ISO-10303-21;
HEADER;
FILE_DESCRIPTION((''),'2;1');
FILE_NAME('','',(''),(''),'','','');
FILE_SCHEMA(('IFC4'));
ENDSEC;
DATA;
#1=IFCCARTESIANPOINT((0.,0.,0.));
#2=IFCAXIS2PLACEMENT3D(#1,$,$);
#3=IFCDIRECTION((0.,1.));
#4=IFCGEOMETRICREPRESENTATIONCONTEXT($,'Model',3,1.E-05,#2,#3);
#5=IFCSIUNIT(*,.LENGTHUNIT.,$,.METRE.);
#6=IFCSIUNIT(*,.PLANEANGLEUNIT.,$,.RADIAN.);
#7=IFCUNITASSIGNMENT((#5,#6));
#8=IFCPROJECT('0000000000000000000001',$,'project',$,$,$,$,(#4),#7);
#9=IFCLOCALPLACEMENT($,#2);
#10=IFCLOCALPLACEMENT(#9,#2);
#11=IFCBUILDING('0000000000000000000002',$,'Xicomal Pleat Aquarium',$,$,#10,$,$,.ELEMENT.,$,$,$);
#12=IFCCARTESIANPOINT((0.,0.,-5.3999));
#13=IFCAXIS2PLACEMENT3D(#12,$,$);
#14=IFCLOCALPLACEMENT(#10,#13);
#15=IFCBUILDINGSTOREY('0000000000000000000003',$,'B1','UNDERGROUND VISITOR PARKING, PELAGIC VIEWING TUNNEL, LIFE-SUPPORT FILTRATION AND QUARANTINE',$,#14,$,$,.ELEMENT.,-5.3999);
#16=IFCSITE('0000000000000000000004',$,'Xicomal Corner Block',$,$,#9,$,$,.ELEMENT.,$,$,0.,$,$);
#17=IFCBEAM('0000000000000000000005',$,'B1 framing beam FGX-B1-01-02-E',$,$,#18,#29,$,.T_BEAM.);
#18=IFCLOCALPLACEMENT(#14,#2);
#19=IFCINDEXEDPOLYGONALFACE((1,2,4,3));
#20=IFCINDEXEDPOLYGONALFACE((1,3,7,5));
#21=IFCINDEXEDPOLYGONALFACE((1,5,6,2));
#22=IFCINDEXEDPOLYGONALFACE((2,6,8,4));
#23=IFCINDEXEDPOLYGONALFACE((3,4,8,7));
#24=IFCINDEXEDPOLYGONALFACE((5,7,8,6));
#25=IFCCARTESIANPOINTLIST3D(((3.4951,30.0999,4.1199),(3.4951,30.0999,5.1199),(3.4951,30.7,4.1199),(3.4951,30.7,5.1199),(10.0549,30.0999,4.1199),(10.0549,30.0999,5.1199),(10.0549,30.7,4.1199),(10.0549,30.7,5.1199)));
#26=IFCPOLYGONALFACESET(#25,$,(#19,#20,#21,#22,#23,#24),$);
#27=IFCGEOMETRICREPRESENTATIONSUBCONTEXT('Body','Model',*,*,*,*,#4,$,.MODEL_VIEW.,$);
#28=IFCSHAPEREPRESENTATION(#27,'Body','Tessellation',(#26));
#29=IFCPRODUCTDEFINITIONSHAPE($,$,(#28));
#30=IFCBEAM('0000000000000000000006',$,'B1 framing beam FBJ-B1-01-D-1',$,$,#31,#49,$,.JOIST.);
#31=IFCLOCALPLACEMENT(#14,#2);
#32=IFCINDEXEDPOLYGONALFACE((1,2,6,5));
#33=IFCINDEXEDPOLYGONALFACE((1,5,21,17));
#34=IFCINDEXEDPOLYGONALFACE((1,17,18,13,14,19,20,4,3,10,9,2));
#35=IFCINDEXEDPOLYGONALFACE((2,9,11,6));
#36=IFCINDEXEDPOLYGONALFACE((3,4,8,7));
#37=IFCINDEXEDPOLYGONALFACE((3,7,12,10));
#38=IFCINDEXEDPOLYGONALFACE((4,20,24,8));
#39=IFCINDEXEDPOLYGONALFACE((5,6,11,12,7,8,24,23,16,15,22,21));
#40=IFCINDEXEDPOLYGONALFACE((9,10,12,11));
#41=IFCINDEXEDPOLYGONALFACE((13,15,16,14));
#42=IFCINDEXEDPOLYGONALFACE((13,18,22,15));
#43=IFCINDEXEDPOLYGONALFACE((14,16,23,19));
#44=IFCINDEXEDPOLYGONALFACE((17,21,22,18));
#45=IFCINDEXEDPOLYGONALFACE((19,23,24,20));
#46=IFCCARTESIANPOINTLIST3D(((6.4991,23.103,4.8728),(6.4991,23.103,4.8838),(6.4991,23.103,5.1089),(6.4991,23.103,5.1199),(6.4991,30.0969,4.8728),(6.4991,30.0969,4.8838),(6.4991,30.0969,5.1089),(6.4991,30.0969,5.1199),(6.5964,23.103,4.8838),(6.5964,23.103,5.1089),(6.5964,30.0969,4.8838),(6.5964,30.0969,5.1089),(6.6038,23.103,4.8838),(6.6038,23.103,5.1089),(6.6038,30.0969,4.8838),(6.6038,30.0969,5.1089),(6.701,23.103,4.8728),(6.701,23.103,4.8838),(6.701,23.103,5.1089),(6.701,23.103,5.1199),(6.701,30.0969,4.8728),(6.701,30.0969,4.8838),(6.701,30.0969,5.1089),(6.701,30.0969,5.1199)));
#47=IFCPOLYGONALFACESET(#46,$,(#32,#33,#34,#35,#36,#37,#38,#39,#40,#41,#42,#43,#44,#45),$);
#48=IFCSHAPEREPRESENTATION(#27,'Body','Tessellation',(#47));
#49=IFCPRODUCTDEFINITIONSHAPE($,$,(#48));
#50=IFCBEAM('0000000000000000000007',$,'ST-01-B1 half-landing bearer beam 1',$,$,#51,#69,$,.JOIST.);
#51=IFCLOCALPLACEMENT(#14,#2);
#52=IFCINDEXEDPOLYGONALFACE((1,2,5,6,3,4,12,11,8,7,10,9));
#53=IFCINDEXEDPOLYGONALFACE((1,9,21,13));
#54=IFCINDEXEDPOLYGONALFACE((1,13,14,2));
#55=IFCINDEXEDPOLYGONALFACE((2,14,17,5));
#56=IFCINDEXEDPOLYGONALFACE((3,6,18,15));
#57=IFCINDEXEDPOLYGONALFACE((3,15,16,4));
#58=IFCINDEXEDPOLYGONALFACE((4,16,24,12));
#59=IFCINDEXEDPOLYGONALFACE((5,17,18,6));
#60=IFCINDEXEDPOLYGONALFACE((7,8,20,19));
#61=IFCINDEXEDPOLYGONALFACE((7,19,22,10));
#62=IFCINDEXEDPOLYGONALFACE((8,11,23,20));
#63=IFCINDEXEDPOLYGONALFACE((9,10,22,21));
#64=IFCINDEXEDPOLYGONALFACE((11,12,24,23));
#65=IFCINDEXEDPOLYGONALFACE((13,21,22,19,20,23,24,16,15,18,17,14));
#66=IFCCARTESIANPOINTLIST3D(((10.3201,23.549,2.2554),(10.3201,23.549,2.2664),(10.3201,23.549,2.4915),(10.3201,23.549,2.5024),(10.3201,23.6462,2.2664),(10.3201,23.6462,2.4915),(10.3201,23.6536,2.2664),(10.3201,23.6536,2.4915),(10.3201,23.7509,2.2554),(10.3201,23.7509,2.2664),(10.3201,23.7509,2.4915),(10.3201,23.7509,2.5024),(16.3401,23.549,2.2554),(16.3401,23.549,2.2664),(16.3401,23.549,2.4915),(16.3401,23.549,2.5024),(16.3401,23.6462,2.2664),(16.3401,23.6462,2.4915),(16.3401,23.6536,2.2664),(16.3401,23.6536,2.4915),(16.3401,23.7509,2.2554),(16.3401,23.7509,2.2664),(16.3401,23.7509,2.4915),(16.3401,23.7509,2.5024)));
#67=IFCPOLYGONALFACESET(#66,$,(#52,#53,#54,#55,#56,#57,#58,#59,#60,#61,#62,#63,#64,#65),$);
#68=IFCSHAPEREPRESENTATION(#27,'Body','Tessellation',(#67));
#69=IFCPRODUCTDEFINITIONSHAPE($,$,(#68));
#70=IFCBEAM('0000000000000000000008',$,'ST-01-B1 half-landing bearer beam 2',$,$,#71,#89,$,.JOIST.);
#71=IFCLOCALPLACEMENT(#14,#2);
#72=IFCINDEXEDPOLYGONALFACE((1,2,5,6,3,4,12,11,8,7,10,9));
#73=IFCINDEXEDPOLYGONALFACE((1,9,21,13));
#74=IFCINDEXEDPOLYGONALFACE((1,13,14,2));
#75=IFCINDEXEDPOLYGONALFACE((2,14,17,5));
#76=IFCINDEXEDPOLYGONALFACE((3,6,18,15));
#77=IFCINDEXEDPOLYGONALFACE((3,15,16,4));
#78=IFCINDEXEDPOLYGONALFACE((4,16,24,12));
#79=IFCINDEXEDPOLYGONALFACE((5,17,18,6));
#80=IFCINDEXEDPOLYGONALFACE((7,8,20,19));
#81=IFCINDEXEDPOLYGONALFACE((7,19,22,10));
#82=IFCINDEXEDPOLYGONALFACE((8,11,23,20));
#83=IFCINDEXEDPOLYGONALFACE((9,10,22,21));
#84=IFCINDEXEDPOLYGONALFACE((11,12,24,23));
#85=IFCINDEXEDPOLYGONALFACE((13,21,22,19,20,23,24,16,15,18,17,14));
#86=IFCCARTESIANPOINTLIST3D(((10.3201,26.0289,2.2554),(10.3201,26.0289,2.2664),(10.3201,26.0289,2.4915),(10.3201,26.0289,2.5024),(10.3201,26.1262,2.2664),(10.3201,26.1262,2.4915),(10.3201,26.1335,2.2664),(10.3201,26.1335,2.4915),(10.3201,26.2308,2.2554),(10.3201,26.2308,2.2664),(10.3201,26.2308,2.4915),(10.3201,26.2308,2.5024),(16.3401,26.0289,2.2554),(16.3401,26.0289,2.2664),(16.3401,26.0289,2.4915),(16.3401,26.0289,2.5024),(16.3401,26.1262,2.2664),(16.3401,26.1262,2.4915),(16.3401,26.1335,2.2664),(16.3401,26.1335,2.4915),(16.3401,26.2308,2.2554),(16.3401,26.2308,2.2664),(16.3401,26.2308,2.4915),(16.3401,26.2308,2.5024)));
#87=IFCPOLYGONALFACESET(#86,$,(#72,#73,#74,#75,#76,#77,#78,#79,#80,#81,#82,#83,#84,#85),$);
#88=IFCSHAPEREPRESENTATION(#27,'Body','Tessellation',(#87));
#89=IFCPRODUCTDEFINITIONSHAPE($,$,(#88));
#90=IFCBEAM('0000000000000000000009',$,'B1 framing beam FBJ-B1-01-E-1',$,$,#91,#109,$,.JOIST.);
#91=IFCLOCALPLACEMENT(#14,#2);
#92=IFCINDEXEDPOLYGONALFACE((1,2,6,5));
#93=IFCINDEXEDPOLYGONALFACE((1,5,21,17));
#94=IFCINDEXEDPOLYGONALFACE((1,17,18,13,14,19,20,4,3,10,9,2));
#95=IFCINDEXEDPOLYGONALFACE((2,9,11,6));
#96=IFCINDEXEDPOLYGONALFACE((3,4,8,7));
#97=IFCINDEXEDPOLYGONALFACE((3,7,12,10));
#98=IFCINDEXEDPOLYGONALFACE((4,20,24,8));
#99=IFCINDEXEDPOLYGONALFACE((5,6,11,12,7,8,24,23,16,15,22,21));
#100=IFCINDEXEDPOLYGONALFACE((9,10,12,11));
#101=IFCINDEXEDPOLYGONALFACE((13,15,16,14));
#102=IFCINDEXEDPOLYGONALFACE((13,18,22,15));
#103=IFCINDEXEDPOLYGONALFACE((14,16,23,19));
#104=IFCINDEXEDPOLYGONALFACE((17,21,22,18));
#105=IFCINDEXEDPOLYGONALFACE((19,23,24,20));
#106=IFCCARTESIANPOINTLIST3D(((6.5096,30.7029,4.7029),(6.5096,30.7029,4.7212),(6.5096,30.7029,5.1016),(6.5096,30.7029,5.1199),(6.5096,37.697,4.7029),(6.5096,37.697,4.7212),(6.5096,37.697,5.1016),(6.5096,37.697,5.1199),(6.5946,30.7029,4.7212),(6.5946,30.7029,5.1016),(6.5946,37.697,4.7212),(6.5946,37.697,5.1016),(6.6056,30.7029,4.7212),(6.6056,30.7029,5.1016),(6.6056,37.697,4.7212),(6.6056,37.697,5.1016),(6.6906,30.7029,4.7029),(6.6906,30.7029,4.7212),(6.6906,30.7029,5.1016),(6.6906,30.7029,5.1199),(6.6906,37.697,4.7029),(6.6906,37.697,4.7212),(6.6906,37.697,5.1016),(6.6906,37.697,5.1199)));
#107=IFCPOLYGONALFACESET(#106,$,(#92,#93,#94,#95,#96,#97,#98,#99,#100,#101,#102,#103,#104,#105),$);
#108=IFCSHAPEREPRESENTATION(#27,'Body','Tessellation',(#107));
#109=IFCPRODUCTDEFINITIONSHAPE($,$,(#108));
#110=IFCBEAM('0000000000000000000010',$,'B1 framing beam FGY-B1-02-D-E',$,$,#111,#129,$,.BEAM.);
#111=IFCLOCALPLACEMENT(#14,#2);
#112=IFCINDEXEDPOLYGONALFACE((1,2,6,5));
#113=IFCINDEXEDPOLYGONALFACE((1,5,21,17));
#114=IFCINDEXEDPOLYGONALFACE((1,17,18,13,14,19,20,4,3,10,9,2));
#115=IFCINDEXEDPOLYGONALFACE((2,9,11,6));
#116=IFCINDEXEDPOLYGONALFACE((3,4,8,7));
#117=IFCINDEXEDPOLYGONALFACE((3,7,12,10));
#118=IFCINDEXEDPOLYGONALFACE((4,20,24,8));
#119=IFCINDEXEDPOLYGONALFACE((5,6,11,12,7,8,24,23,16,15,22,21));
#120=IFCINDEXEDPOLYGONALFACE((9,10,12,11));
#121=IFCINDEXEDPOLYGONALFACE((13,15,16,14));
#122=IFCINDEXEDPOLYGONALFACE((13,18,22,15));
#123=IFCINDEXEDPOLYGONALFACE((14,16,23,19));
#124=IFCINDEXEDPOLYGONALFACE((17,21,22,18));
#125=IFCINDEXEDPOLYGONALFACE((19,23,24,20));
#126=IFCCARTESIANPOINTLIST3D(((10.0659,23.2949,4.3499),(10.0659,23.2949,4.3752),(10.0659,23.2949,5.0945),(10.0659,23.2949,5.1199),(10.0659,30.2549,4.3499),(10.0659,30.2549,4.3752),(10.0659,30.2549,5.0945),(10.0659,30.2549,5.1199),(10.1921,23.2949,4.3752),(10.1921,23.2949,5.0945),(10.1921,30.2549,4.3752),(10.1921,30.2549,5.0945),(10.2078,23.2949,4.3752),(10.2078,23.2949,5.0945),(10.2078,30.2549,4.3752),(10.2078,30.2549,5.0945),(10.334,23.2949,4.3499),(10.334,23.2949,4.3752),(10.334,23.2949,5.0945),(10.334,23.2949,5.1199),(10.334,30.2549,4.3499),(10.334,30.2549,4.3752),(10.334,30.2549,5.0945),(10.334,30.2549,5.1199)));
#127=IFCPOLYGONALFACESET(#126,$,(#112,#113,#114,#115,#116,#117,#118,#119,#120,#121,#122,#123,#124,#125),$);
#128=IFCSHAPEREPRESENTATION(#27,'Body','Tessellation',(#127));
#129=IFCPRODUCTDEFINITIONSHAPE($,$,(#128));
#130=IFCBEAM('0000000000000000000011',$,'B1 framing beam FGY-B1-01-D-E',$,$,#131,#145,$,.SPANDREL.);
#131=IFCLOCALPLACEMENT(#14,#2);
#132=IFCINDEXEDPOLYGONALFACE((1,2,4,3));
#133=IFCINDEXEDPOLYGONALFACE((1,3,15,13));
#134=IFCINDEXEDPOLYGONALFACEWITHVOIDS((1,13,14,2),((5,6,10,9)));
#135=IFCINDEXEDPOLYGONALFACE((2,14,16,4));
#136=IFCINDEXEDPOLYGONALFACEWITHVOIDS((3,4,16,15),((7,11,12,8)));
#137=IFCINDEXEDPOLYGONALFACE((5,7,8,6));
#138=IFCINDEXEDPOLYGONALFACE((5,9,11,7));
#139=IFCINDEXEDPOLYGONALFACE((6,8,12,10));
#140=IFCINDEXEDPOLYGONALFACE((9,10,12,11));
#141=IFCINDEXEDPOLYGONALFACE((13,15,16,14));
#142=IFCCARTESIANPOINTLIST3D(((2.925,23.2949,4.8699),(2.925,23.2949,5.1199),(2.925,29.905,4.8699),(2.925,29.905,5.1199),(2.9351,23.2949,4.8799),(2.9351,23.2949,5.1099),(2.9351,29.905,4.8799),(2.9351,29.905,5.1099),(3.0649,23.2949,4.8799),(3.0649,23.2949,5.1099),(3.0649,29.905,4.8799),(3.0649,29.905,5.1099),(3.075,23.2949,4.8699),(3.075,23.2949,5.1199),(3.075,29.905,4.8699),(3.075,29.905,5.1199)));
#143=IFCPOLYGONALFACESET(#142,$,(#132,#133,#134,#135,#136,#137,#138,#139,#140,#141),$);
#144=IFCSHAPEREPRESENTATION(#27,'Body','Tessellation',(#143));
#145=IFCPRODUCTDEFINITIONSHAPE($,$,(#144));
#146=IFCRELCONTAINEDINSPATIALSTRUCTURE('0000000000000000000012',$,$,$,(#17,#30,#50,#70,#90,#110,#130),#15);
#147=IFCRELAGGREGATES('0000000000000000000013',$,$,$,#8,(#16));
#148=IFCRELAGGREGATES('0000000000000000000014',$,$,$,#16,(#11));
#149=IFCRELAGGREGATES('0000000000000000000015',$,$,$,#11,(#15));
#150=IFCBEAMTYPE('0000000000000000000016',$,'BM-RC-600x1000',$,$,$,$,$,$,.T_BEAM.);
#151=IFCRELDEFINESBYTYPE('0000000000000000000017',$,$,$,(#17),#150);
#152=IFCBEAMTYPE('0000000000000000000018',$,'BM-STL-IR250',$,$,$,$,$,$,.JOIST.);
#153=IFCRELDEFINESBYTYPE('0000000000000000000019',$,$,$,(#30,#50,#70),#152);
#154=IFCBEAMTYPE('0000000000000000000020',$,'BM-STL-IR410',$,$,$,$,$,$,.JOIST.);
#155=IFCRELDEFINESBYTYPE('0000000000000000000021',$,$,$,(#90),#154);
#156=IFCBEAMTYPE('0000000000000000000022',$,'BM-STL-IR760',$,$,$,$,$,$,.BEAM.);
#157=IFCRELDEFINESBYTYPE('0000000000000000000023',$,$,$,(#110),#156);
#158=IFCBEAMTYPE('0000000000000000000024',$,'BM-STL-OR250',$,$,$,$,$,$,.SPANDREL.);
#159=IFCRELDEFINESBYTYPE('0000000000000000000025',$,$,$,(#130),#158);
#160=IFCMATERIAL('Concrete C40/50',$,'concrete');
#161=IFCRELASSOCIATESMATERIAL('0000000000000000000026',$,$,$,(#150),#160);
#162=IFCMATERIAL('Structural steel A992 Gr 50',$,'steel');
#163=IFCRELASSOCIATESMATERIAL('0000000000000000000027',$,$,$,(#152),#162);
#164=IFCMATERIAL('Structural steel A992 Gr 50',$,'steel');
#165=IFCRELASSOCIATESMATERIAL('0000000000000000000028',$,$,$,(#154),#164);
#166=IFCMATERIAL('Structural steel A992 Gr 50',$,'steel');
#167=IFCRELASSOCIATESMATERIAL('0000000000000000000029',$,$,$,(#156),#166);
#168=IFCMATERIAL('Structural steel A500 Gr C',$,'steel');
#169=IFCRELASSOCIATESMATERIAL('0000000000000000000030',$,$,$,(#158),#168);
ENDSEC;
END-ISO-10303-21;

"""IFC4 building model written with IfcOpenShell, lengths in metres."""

from ifc_helpers import new_model, si_unit, direction, frame, origin, origin_2d, place, context, subcontext, project, spatial, rectangle, hollow_rectangle, i_section, extrude, material, material_profile, profile_set, type_object, element, save


model = new_model("IFC4")

# Units and contexts
model_context = context("Model", 3, precision=1e-05, world=origin(), true_north=direction((0.0, 1.0)))
body_context = subcontext(model_context, "Body", "Model", "MODEL_VIEW")
ifc_project = project(units=[si_unit("LENGTHUNIT", "METRE"), si_unit("PLANEANGLEUNIT", "RADIAN")], contexts=[model_context])

# Site, building, storey
site_placement = place(None, origin())
site = spatial("IfcSite", under=ifc_project, at=site_placement, Name="Xicomal Corner Block", CompositionType="ELEMENT", RefElevation=0.0)
building_placement = place(site_placement, origin())
building = spatial("IfcBuilding", under=site, at=building_placement, Name="Xicomal Pleat Aquarium", CompositionType="ELEMENT")
storey_placement = place(building_placement, frame((0.0, 0.0, -5.3999)))
storey = spatial("IfcBuildingStorey", under=building, at=storey_placement, Name="B1", Description="UNDERGROUND VISITOR PARKING, PELAGIC VIEWING TUNNEL, LIFE-SUPPORT FILTRATION AND QUARANTINE", CompositionType="ELEMENT", Elevation=-5.3999)

# Beams
ifc_material_1 = material(Name="Concrete C40/50", Category="concrete")
ifc_material_profile_1 = material_profile(ifc_material_1, rectangle(XDim=0.6001, YDim=1.0, at=origin_2d()), Name="RC 600x1000")
ifc_profile_set_1 = profile_set([ifc_material_profile_1], Name="Concrete C40/50")
beam_type_1 = type_object("IfcBeamType", Name="BM-RC-600x1000", PredefinedType="T_BEAM", material=ifc_profile_set_1)
beam_1_placement = place(storey_placement, frame((3.4951, 30.3999, 4.6199), z_axis=(1.0, 0.0, 0.0), x_axis=(0.0, 1.0, 0.0)))
element("IfcBeam", 1, at=beam_1_placement, inside=storey, type_object=beam_type_1, Name="B1 framing beam FGX-B1-01-02-E", PredefinedType="T_BEAM", context=body_context, shape_type="SweptSolid", body=[
    extrude(rectangle(XDim=0.6001, YDim=1.0, at=origin_2d()), origin(), (0.0, 0.0, 1.0), 6.5598),
])
ifc_material_2 = material(Name="Structural steel A992 Gr 50", Category="steel")
ifc_material_profile_2 = material_profile(ifc_material_2, i_section(OverallWidth=0.2019, OverallDepth=0.2471, WebThickness=0.0073, FlangeThickness=0.011, at=origin_2d()), Name="IR 250x49")
ifc_profile_set_2 = profile_set([ifc_material_profile_2], Name="Structural steel A992 Gr 50")
beam_type_2 = type_object("IfcBeamType", Name="BM-STL-IR250", PredefinedType="JOIST", material=ifc_profile_set_2)
beam_2_placement = place(storey_placement, frame((6.6001, 23.103, 4.9963), z_axis=(0.0, 1.0, 0.0), x_axis=(-1.0, 0.0, 0.0)))
element("IfcBeam", 2, at=beam_2_placement, inside=storey, type_object=beam_type_2, Name="B1 framing beam FBJ-B1-01-D-1", PredefinedType="JOIST", context=body_context, shape_type="SweptSolid", body=[
    extrude(i_section(OverallWidth=0.2019, OverallDepth=0.2471, WebThickness=0.0073, FlangeThickness=0.011, at=origin_2d()), origin(), (0.0, 0.0, 1.0), 6.9939),
])
for number, where, z_axis, x_axis, name in (
    (3, (10.3201, 23.6499, 2.3789), (1.0, 0.0, 0.0), (0.0, 1.0, 0.0), "ST-01-B1 half-landing bearer beam 1"),
    (4, (10.3201, 26.1299, 2.3789), (1.0, 0.0, 0.0), (0.0, 1.0, 0.0), "ST-01-B1 half-landing bearer beam 2"),
):
    element("IfcBeam", number, at=place(storey_placement, frame(where, z_axis=z_axis, x_axis=x_axis)), inside=storey, type_object=beam_type_2, Name=name, PredefinedType="JOIST", context=body_context, shape_type="SweptSolid", body=[
        extrude(i_section(OverallWidth=0.2019, OverallDepth=0.2471, WebThickness=0.0073, FlangeThickness=0.011, at=origin_2d()), origin(), (0.0, 0.0, 1.0), 6.02),
    ])
ifc_material_3 = material(Name="Structural steel A992 Gr 50", Category="steel")
ifc_material_profile_3 = material_profile(ifc_material_3, i_section(OverallWidth=0.1809, OverallDepth=0.417, WebThickness=0.011, FlangeThickness=0.0183, at=origin_2d()), Name="IR 410x85")
ifc_profile_set_3 = profile_set([ifc_material_profile_3], Name="Structural steel A992 Gr 50")
beam_type_3 = type_object("IfcBeamType", Name="BM-STL-IR410", PredefinedType="JOIST", material=ifc_profile_set_3)
beam_3_placement = place(storey_placement, frame((6.6001, 30.7029, 4.9114), z_axis=(0.0, 1.0, 0.0), x_axis=(-1.0, 0.0, 0.0)))
element("IfcBeam", 5, at=beam_3_placement, inside=storey, type_object=beam_type_3, Name="B1 framing beam FBJ-B1-01-E-1", PredefinedType="JOIST", context=body_context, shape_type="SweptSolid", body=[
    extrude(i_section(OverallWidth=0.1809, OverallDepth=0.417, WebThickness=0.011, FlangeThickness=0.0183, at=origin_2d()), origin(), (0.0, 0.0, 1.0), 6.9941),
])
ifc_material_4 = material(Name="Structural steel A992 Gr 50", Category="steel")
ifc_material_profile_4 = material_profile(ifc_material_4, i_section(OverallWidth=0.2681, OverallDepth=0.77, WebThickness=0.0156, FlangeThickness=0.0254, at=origin_2d()), Name="IR 760x196")
ifc_profile_set_4 = profile_set([ifc_material_profile_4], Name="Structural steel A992 Gr 50")
beam_type_4 = type_object("IfcBeamType", Name="BM-STL-IR760", PredefinedType="BEAM", material=ifc_profile_set_4)
beam_4_placement = place(storey_placement, frame((10.2, 23.2949, 4.7349), z_axis=(0.0, 1.0, 0.0), x_axis=(-1.0, 0.0, 0.0)))
element("IfcBeam", 6, at=beam_4_placement, inside=storey, type_object=beam_type_4, Name="B1 framing beam FGY-B1-02-D-E", PredefinedType="BEAM", context=body_context, shape_type="SweptSolid", body=[
    extrude(i_section(OverallWidth=0.2681, OverallDepth=0.77, WebThickness=0.0156, FlangeThickness=0.0254, at=origin_2d()), origin(), (0.0, 0.0, 1.0), 6.96),
])
ifc_material_5 = material(Name="Structural steel A500 Gr C", Category="steel")
ifc_material_profile_5 = material_profile(ifc_material_5, hollow_rectangle(XDim=0.1499, YDim=0.25, WallThickness=0.01, at=origin_2d()), Name="OR 250x150x10")
ifc_profile_set_5 = profile_set([ifc_material_profile_5], Name="Structural steel A500 Gr C")
beam_type_5 = type_object("IfcBeamType", Name="BM-STL-OR250", PredefinedType="SPANDREL", material=ifc_profile_set_5)
beam_5_placement = place(storey_placement, frame((3.0, 23.2949, 4.9949), z_axis=(0.0, 1.0, 0.0), x_axis=(-1.0, 0.0, 0.0)))
element("IfcBeam", 7, at=beam_5_placement, inside=storey, type_object=beam_type_5, Name="B1 framing beam FGY-B1-01-D-E", PredefinedType="SPANDREL", context=body_context, shape_type="SweptSolid", body=[
    extrude(hollow_rectangle(XDim=0.1499, YDim=0.25, WallThickness=0.01, at=origin_2d()), origin(), (0.0, 0.0, 1.0), 6.6101),
])

save(model, "model.ifc")
